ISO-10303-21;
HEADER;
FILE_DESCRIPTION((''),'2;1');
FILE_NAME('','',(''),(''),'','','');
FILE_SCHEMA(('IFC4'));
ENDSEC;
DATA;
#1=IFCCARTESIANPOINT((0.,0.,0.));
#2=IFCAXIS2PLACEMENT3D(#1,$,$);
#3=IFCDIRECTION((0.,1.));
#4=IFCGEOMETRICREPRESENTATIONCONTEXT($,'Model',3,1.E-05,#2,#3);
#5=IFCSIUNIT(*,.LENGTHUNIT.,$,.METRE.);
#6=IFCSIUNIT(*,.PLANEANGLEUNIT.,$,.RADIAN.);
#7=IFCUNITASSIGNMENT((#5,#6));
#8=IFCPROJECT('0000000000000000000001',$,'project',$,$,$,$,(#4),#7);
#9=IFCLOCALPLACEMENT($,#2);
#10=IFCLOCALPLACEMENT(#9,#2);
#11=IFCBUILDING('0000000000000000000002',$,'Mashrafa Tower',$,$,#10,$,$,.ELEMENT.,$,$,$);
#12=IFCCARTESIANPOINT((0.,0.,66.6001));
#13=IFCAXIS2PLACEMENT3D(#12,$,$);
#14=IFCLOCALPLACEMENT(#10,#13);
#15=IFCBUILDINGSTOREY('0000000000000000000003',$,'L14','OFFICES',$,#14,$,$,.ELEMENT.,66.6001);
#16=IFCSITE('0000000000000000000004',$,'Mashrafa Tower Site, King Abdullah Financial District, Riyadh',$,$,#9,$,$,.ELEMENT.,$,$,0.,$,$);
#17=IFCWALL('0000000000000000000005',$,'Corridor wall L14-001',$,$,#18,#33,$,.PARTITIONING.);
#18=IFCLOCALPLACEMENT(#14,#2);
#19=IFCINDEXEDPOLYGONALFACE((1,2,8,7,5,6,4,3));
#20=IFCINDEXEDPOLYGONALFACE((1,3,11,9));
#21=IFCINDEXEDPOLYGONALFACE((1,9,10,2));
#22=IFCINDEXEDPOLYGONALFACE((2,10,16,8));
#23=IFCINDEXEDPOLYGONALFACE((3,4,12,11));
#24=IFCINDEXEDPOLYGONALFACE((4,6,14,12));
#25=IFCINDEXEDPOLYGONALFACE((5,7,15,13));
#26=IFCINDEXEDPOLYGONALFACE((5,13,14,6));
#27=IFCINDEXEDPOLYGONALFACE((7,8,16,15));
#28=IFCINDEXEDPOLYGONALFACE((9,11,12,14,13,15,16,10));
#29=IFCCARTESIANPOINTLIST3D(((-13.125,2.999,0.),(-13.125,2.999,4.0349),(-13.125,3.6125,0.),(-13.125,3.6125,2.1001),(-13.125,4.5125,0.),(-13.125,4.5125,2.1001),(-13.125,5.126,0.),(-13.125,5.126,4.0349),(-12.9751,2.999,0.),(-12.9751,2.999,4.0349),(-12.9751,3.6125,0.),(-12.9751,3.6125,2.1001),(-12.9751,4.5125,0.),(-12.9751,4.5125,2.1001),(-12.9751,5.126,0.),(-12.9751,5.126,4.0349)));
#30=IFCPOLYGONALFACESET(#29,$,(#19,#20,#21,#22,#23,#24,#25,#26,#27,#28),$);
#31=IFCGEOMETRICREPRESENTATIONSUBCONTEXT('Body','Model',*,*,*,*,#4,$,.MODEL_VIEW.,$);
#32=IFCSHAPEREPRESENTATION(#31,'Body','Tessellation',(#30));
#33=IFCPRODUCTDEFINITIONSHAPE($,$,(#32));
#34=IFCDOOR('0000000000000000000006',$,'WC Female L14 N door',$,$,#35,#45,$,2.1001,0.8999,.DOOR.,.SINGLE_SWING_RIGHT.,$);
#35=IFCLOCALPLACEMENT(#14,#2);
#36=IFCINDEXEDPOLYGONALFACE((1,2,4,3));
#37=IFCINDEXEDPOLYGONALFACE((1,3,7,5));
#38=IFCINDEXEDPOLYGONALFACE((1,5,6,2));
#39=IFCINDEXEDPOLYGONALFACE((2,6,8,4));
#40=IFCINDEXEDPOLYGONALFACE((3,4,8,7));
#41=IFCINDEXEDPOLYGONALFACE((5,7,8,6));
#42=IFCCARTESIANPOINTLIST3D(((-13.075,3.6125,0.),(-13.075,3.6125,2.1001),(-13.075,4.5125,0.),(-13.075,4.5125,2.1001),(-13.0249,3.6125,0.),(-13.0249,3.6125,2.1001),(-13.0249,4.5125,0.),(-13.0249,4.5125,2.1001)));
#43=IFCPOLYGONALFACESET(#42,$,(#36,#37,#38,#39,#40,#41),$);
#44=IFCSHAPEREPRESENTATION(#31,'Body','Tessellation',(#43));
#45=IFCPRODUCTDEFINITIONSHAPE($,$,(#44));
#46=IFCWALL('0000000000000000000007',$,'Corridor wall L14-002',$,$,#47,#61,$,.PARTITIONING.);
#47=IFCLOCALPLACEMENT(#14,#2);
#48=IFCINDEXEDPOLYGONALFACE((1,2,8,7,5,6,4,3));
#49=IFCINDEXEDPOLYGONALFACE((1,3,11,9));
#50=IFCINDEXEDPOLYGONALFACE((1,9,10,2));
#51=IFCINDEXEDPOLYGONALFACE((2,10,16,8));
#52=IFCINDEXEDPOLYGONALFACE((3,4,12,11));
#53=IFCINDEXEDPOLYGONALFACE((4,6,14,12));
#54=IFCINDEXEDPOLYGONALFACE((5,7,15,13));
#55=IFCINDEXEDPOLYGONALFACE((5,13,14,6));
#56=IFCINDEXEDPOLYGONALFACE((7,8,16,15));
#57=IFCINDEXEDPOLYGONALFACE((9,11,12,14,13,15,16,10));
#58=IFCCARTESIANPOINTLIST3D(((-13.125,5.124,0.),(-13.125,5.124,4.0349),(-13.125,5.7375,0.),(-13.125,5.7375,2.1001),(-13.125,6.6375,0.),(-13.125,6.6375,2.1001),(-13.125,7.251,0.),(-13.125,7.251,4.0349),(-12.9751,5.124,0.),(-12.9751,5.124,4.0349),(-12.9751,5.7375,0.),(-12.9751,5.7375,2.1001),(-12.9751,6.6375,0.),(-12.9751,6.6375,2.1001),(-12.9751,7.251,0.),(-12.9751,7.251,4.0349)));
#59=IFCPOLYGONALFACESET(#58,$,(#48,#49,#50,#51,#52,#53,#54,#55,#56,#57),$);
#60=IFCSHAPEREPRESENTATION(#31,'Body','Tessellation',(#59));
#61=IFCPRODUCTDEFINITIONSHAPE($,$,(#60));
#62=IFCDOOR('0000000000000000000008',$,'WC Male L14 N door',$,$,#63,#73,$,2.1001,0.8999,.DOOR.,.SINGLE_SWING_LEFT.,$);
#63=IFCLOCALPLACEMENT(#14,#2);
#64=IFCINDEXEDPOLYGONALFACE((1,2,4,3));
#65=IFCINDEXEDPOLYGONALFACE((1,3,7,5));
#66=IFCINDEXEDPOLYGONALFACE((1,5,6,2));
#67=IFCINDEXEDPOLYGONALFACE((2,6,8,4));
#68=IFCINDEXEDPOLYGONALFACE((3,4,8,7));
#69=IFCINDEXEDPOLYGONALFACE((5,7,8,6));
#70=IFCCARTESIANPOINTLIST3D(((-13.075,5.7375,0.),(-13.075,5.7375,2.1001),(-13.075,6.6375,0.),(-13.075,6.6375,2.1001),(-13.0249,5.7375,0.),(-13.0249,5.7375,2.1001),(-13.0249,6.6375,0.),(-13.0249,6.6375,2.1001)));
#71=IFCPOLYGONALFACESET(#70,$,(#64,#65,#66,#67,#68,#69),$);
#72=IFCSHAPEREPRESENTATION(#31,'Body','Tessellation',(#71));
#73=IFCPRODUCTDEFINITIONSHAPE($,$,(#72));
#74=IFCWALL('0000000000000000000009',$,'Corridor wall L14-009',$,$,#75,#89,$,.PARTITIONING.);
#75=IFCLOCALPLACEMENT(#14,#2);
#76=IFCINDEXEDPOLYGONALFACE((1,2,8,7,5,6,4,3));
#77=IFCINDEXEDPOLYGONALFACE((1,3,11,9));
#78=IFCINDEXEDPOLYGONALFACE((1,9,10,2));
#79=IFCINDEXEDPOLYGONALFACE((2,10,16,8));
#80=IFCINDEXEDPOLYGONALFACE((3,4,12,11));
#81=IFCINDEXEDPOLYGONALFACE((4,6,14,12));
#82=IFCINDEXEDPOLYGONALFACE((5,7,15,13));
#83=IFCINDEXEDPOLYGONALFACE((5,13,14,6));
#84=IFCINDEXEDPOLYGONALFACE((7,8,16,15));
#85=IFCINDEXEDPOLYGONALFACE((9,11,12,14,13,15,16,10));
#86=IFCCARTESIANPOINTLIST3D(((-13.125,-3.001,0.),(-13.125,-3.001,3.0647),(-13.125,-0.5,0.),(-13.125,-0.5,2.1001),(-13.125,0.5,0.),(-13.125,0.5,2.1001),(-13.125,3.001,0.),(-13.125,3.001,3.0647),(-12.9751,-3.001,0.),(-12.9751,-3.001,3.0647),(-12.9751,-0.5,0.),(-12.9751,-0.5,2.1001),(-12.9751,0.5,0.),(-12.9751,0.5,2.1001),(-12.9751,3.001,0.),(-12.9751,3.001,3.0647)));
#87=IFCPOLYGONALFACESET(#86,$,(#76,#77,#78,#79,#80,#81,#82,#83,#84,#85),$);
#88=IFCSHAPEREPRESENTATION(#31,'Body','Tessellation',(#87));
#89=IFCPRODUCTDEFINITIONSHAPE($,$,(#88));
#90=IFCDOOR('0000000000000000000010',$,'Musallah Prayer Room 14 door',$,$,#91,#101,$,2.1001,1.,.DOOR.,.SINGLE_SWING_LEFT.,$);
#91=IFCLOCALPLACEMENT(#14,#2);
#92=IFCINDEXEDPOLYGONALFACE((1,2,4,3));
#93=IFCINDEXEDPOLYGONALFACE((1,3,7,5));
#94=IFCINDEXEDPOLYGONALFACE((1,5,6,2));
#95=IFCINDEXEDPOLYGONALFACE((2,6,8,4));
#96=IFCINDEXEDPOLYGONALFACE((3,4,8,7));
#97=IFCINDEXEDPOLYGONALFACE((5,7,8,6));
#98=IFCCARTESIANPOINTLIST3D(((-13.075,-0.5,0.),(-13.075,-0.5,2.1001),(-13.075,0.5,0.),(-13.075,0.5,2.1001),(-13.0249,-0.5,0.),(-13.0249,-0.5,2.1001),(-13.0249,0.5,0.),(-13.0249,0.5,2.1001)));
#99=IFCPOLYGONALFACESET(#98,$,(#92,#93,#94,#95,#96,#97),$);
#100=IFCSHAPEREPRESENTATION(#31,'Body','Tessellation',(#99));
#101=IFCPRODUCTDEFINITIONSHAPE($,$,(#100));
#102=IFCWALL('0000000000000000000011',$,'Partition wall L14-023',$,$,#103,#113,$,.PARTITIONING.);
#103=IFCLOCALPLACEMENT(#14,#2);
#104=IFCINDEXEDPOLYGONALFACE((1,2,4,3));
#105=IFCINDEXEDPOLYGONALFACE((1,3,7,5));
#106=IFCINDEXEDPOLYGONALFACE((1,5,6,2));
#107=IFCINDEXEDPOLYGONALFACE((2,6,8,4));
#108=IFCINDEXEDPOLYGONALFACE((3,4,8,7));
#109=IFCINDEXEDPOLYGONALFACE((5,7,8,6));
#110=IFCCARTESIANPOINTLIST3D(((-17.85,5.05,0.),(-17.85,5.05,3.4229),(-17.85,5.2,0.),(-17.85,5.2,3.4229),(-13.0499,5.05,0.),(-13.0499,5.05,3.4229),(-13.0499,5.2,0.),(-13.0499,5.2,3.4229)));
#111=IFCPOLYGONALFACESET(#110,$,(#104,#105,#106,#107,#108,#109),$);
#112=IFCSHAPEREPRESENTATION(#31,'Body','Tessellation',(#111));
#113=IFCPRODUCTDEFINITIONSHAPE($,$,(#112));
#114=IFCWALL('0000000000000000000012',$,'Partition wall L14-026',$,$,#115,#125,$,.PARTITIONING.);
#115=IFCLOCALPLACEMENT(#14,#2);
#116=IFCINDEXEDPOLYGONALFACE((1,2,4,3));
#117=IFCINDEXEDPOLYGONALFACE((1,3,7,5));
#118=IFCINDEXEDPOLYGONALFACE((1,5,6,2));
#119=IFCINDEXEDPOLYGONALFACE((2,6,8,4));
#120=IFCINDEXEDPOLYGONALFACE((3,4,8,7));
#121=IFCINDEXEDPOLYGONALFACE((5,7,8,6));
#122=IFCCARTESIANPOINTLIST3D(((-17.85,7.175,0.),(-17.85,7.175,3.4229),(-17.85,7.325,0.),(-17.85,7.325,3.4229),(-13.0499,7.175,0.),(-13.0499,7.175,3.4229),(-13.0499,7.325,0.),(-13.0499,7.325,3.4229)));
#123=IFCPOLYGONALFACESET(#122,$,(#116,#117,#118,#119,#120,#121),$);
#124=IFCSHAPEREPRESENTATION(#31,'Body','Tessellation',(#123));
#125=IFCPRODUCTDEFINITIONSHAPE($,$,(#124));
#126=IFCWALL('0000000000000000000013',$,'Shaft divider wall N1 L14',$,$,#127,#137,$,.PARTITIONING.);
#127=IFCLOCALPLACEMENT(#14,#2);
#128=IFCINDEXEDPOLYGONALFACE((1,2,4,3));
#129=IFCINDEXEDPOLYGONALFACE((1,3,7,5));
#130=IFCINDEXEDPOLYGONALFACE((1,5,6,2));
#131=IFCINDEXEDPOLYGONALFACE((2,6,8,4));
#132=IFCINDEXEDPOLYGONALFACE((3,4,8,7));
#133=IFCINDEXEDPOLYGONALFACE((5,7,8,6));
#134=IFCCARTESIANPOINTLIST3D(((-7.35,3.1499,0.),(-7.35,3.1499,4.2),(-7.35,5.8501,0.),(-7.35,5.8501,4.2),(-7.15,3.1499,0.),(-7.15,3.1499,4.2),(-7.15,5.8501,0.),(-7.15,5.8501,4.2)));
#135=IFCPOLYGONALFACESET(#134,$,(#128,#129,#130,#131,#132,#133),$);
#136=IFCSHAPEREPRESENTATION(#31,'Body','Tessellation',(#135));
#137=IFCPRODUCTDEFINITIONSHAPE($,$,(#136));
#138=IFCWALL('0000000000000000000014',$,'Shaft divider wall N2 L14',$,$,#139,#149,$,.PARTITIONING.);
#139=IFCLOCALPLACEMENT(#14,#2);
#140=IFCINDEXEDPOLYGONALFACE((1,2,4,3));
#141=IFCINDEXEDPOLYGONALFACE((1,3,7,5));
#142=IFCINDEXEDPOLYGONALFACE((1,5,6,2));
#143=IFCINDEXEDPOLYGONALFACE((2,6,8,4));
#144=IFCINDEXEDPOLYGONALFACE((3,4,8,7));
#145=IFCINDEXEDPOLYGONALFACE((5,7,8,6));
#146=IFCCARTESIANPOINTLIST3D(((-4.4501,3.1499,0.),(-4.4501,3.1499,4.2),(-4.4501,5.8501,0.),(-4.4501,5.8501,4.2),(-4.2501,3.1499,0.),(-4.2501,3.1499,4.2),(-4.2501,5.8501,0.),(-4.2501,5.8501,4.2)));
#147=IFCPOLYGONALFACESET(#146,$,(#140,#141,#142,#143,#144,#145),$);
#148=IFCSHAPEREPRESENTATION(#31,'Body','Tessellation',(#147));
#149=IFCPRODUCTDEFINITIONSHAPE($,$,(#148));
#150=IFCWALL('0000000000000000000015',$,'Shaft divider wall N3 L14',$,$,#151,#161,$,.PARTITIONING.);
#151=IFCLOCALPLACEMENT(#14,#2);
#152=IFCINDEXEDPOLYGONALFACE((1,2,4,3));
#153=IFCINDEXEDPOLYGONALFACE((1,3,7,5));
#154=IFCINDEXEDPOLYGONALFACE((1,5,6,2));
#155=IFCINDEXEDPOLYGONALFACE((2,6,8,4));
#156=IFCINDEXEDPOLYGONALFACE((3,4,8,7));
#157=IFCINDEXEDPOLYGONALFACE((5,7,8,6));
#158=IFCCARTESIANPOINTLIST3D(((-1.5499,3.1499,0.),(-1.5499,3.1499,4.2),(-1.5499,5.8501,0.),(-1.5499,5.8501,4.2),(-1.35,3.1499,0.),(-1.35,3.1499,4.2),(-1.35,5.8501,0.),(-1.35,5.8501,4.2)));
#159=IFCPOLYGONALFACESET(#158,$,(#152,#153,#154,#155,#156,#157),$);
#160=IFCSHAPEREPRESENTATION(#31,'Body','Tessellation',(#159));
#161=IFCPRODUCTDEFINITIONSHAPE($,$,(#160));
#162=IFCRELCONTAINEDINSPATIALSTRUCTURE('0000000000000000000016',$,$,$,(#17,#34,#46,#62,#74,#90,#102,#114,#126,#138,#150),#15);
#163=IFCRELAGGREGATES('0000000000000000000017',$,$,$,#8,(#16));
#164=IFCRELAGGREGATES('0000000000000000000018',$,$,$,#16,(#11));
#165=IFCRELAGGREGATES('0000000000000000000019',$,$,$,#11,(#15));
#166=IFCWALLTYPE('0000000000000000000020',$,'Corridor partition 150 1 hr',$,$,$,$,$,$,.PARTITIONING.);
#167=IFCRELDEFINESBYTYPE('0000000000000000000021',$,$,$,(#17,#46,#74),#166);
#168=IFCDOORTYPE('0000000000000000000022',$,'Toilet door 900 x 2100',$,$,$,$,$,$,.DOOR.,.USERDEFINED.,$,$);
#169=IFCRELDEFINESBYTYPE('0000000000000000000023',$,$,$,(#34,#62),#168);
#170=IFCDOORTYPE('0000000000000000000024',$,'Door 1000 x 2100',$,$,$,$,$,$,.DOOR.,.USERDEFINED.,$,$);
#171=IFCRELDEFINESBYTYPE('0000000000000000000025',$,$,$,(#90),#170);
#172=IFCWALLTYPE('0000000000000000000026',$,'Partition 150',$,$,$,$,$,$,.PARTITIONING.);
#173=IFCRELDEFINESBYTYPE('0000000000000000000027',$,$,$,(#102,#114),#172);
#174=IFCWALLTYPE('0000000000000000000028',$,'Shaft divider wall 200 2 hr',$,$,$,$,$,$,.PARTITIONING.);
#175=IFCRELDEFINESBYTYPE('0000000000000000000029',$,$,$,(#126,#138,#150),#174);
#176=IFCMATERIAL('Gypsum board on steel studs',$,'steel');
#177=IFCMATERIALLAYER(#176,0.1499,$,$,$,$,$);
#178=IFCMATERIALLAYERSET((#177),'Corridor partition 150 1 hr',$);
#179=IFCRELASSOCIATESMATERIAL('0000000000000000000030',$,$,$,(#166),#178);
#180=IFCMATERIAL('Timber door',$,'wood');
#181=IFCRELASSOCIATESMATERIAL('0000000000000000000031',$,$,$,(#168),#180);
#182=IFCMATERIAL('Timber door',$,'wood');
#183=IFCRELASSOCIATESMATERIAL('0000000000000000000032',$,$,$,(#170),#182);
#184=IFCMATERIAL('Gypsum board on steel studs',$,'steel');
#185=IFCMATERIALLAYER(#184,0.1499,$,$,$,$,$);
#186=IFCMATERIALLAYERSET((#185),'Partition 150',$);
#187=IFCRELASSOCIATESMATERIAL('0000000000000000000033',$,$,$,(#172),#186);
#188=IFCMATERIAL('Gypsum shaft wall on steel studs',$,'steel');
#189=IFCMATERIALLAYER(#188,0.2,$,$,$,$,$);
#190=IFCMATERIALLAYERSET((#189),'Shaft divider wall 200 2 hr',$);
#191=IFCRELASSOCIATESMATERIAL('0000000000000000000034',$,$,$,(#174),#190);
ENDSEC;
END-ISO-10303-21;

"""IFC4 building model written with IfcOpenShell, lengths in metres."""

from ifc_helpers import new_model, si_unit, direction, frame, frame_2d, origin, place, context, subcontext, project, spatial, rectangle, extrude, material, layer, layer_set, type_object, element, fill, save


model = new_model("IFC4")

# Units and contexts
model_context = context("Model", 3, precision=1e-05, world=origin(), true_north=direction((0.0, 1.0)))
body_context = subcontext(model_context, "Body", "Model", "MODEL_VIEW")
ifc_project = project(units=[si_unit("LENGTHUNIT", "METRE"), si_unit("PLANEANGLEUNIT", "RADIAN")], contexts=[model_context])

# Site, building, storey
site_placement = place(None, origin())
site = spatial("IfcSite", under=ifc_project, at=site_placement, Name="Mashrafa Tower Site, King Abdullah Financial District, Riyadh", CompositionType="ELEMENT", RefElevation=0.0)
building_placement = place(site_placement, origin())
building = spatial("IfcBuilding", under=site, at=building_placement, Name="Mashrafa Tower", CompositionType="ELEMENT")
storey_placement = place(building_placement, frame((0.0, 0.0, 66.6001)))
storey = spatial("IfcBuildingStorey", under=building, at=storey_placement, Name="L14", Description="OFFICES", CompositionType="ELEMENT", Elevation=66.6001)

# Walls, openings, doors
ifc_material_1 = material(Name="Gypsum board on steel studs", Category="steel")
ifc_layer_1 = layer(ifc_material_1, 0.1499)
ifc_layer_set_1 = layer_set([ifc_layer_1], Name="Corridor partition 150 1 hr")
wall_type_1 = type_object("IfcWallType", Name="Corridor partition 150 1 hr", PredefinedType="PARTITIONING", material=ifc_layer_set_1)
wall_1_placement = place(storey_placement, frame((-13.05, 5.126, 0.0), z_axis=(0.0, 0.0, 1.0), x_axis=(0.0, -1.0, 0.0)))
wall_1 = element("IfcWall", 1, at=wall_1_placement, inside=storey, type_object=wall_type_1, Name="Corridor wall L14-001", PredefinedType="PARTITIONING", context=body_context, shape_type="SweptSolid", body=[
    extrude(rectangle(XDim=2.127, YDim=0.1499, at=frame_2d((1.0635, 0.0))), origin(), (0.0, 0.0, 1.0), 4.0349),
])
opening_1_placement = place(wall_1_placement, frame((0.6135, 0.0, 0.0)))
opening_1 = element("IfcOpeningElement", 2, at=opening_1_placement, cuts=wall_1, PredefinedType="OPENING", context=body_context, shape_type="SweptSolid", body=[
    extrude(rectangle(XDim=0.8999, YDim=2.1001, at=frame_2d((0.45, 1.05))), frame((0.0, 0.085, 0.0), z_axis=(0.0, -1.0, 0.0), x_axis=(1.0, 0.0, 0.0)), (0.0, 0.0, 1.0), 0.1699),
])
ifc_material_2 = material(Name="Timber door", Category="wood")
door_type_1 = type_object("IfcDoorType", Name="Toilet door 900 x 2100", OperationType="USERDEFINED", PredefinedType="DOOR", material=ifc_material_2)
door_1_placement = place(opening_1_placement, frame((0.8999, 0.0, 0.0), z_axis=(0.0, 0.0, 1.0), x_axis=(-1.0, 0.0, 0.0)))
door_1 = element("IfcDoor", 3, at=door_1_placement, inside=storey, type_object=door_type_1, Name="WC Female L14 N door", OperationType="SINGLE_SWING_RIGHT", OverallHeight=2.1001, OverallWidth=0.8999, PredefinedType="DOOR", context=body_context, shape_type="SweptSolid", body=[
    extrude(rectangle(XDim=0.8999, YDim=2.1001, at=frame_2d((0.45, 1.05))), frame((0.0, 0.0249, 0.0), z_axis=(0.0, -1.0, 0.0), x_axis=(1.0, 0.0, 0.0)), (0.0, 0.0, 1.0), 0.05),
])
fill(opening_1, door_1)
wall_2_placement = place(storey_placement, frame((-13.05, 7.251, 0.0), z_axis=(0.0, 0.0, 1.0), x_axis=(0.0, -1.0, 0.0)))
wall_2 = element("IfcWall", 4, at=wall_2_placement, inside=storey, type_object=wall_type_1, Name="Corridor wall L14-002", PredefinedType="PARTITIONING", context=body_context, shape_type="SweptSolid", body=[
    extrude(rectangle(XDim=2.127, YDim=0.1499, at=frame_2d((1.0635, 0.0))), origin(), (0.0, 0.0, 1.0), 4.0349),
])
opening_2_placement = place(wall_2_placement, frame((0.6135, 0.0, 0.0)))
opening_2 = element("IfcOpeningElement", 5, at=opening_2_placement, cuts=wall_2, PredefinedType="OPENING", context=body_context, shape_type="SweptSolid", body=[
    extrude(rectangle(XDim=0.8999, YDim=2.1001, at=frame_2d((0.45, 1.05))), frame((0.0, 0.085, 0.0), z_axis=(0.0, -1.0, 0.0), x_axis=(1.0, 0.0, 0.0)), (0.0, 0.0, 1.0), 0.1699),
])
door_2_placement = place(opening_2_placement, frame((0.8999, 0.0, 0.0), z_axis=(0.0, 0.0, 1.0), x_axis=(-1.0, 0.0, 0.0)))
door_2 = element("IfcDoor", 6, at=door_2_placement, inside=storey, type_object=door_type_1, Name="WC Male L14 N door", OperationType="SINGLE_SWING_LEFT", OverallHeight=2.1001, OverallWidth=0.8999, PredefinedType="DOOR", context=body_context, shape_type="SweptSolid", body=[
    extrude(rectangle(XDim=0.8999, YDim=2.1001, at=frame_2d((0.45, 1.05))), frame((0.0, 0.0249, 0.0), z_axis=(0.0, -1.0, 0.0), x_axis=(1.0, 0.0, 0.0)), (0.0, 0.0, 1.0), 0.05),
])
fill(opening_2, door_2)
wall_3_placement = place(storey_placement, frame((-13.05, 3.001, 0.0), z_axis=(0.0, 0.0, 1.0), x_axis=(0.0, -1.0, 0.0)))
wall_3 = element("IfcWall", 7, at=wall_3_placement, inside=storey, type_object=wall_type_1, Name="Corridor wall L14-009", PredefinedType="PARTITIONING", context=body_context, shape_type="SweptSolid", body=[
    extrude(rectangle(XDim=6.002, YDim=0.1499, at=frame_2d((3.001, 0.0))), origin(), (0.0, 0.0, 1.0), 3.0647),
])
opening_3_placement = place(wall_3_placement, frame((2.501, 0.0, 0.0)))
opening_3 = element("IfcOpeningElement", 8, at=opening_3_placement, cuts=wall_3, PredefinedType="OPENING", context=body_context, shape_type="SweptSolid", body=[
    extrude(rectangle(XDim=1.0, YDim=2.1001, at=frame_2d((0.5, 1.05))), frame((0.0, 0.085, 0.0), z_axis=(0.0, -1.0, 0.0), x_axis=(1.0, 0.0, 0.0)), (0.0, 0.0, 1.0), 0.1699),
])
ifc_material_3 = material(Name="Timber door", Category="wood")
door_type_2 = type_object("IfcDoorType", Name="Door 1000 x 2100", OperationType="USERDEFINED", PredefinedType="DOOR", material=ifc_material_3)
door_3_placement = place(opening_3_placement, frame((1.0, 0.0, 0.0), z_axis=(0.0, 0.0, 1.0), x_axis=(-1.0, 0.0, 0.0)))
door_3 = element("IfcDoor", 9, at=door_3_placement, inside=storey, type_object=door_type_2, Name="Musallah Prayer Room 14 door", OperationType="SINGLE_SWING_LEFT", OverallHeight=2.1001, OverallWidth=1.0, PredefinedType="DOOR", context=body_context, shape_type="SweptSolid", body=[
    extrude(rectangle(XDim=1.0, YDim=2.1001, at=frame_2d((0.5, 1.05))), frame((0.0, 0.0249, 0.0), z_axis=(0.0, -1.0, 0.0), x_axis=(1.0, 0.0, 0.0)), (0.0, 0.0, 1.0), 0.05),
])
fill(opening_3, door_3)

# Walls
ifc_material_4 = material(Name="Gypsum board on steel studs", Category="steel")
ifc_layer_2 = layer(ifc_material_4, 0.1499)
ifc_layer_set_2 = layer_set([ifc_layer_2], Name="Partition 150")
wall_type_2 = type_object("IfcWallType", Name="Partition 150", PredefinedType="PARTITIONING", material=ifc_layer_set_2)
for number, where, z_axis, x_axis, name in (
    (10, (-13.05, 5.125, 0.0), (0.0, 0.0, 1.0), (-1.0, 0.0, 0.0), "Partition wall L14-023"),
    (11, (-13.05, 7.25, 0.0), (0.0, 0.0, 1.0), (-1.0, 0.0, 0.0), "Partition wall L14-026"),
):
    element("IfcWall", number, at=place(storey_placement, frame(where, z_axis=z_axis, x_axis=x_axis)), inside=storey, type_object=wall_type_2, Name=name, PredefinedType="PARTITIONING", context=body_context, shape_type="SweptSolid", body=[
        extrude(rectangle(XDim=4.8, YDim=0.1499, at=frame_2d((2.3999, 0.0))), origin(), (0.0, 0.0, 1.0), 3.4229),
    ])
ifc_material_5 = material(Name="Gypsum shaft wall on steel studs", Category="steel")
ifc_layer_3 = layer(ifc_material_5, 0.2)
ifc_layer_set_3 = layer_set([ifc_layer_3], Name="Shaft divider wall 200 2 hr")
wall_type_3 = type_object("IfcWallType", Name="Shaft divider wall 200 2 hr", PredefinedType="PARTITIONING", material=ifc_layer_set_3)
for number, where, z_axis, x_axis, name in (
    (12, (-7.25, 3.1499, 0.0), (0.0, 0.0, 1.0), (0.0, 1.0, 0.0), "Shaft divider wall N1 L14"),
    (13, (-4.3501, 3.1499, 0.0), (0.0, 0.0, 1.0), (0.0, 1.0, 0.0), "Shaft divider wall N2 L14"),
    (14, (-1.45, 3.1499, 0.0), (0.0, 0.0, 1.0), (0.0, 1.0, 0.0), "Shaft divider wall N3 L14"),
):
    element("IfcWall", number, at=place(storey_placement, frame(where, z_axis=z_axis, x_axis=x_axis)), inside=storey, type_object=wall_type_3, Name=name, PredefinedType="PARTITIONING", context=body_context, shape_type="SweptSolid", body=[
        extrude(rectangle(XDim=2.7002, YDim=0.2, at=frame_2d((1.3501, 0.0))), origin(), (0.0, 0.0, 1.0), 4.2),
    ])

save(model, "model.ifc")
